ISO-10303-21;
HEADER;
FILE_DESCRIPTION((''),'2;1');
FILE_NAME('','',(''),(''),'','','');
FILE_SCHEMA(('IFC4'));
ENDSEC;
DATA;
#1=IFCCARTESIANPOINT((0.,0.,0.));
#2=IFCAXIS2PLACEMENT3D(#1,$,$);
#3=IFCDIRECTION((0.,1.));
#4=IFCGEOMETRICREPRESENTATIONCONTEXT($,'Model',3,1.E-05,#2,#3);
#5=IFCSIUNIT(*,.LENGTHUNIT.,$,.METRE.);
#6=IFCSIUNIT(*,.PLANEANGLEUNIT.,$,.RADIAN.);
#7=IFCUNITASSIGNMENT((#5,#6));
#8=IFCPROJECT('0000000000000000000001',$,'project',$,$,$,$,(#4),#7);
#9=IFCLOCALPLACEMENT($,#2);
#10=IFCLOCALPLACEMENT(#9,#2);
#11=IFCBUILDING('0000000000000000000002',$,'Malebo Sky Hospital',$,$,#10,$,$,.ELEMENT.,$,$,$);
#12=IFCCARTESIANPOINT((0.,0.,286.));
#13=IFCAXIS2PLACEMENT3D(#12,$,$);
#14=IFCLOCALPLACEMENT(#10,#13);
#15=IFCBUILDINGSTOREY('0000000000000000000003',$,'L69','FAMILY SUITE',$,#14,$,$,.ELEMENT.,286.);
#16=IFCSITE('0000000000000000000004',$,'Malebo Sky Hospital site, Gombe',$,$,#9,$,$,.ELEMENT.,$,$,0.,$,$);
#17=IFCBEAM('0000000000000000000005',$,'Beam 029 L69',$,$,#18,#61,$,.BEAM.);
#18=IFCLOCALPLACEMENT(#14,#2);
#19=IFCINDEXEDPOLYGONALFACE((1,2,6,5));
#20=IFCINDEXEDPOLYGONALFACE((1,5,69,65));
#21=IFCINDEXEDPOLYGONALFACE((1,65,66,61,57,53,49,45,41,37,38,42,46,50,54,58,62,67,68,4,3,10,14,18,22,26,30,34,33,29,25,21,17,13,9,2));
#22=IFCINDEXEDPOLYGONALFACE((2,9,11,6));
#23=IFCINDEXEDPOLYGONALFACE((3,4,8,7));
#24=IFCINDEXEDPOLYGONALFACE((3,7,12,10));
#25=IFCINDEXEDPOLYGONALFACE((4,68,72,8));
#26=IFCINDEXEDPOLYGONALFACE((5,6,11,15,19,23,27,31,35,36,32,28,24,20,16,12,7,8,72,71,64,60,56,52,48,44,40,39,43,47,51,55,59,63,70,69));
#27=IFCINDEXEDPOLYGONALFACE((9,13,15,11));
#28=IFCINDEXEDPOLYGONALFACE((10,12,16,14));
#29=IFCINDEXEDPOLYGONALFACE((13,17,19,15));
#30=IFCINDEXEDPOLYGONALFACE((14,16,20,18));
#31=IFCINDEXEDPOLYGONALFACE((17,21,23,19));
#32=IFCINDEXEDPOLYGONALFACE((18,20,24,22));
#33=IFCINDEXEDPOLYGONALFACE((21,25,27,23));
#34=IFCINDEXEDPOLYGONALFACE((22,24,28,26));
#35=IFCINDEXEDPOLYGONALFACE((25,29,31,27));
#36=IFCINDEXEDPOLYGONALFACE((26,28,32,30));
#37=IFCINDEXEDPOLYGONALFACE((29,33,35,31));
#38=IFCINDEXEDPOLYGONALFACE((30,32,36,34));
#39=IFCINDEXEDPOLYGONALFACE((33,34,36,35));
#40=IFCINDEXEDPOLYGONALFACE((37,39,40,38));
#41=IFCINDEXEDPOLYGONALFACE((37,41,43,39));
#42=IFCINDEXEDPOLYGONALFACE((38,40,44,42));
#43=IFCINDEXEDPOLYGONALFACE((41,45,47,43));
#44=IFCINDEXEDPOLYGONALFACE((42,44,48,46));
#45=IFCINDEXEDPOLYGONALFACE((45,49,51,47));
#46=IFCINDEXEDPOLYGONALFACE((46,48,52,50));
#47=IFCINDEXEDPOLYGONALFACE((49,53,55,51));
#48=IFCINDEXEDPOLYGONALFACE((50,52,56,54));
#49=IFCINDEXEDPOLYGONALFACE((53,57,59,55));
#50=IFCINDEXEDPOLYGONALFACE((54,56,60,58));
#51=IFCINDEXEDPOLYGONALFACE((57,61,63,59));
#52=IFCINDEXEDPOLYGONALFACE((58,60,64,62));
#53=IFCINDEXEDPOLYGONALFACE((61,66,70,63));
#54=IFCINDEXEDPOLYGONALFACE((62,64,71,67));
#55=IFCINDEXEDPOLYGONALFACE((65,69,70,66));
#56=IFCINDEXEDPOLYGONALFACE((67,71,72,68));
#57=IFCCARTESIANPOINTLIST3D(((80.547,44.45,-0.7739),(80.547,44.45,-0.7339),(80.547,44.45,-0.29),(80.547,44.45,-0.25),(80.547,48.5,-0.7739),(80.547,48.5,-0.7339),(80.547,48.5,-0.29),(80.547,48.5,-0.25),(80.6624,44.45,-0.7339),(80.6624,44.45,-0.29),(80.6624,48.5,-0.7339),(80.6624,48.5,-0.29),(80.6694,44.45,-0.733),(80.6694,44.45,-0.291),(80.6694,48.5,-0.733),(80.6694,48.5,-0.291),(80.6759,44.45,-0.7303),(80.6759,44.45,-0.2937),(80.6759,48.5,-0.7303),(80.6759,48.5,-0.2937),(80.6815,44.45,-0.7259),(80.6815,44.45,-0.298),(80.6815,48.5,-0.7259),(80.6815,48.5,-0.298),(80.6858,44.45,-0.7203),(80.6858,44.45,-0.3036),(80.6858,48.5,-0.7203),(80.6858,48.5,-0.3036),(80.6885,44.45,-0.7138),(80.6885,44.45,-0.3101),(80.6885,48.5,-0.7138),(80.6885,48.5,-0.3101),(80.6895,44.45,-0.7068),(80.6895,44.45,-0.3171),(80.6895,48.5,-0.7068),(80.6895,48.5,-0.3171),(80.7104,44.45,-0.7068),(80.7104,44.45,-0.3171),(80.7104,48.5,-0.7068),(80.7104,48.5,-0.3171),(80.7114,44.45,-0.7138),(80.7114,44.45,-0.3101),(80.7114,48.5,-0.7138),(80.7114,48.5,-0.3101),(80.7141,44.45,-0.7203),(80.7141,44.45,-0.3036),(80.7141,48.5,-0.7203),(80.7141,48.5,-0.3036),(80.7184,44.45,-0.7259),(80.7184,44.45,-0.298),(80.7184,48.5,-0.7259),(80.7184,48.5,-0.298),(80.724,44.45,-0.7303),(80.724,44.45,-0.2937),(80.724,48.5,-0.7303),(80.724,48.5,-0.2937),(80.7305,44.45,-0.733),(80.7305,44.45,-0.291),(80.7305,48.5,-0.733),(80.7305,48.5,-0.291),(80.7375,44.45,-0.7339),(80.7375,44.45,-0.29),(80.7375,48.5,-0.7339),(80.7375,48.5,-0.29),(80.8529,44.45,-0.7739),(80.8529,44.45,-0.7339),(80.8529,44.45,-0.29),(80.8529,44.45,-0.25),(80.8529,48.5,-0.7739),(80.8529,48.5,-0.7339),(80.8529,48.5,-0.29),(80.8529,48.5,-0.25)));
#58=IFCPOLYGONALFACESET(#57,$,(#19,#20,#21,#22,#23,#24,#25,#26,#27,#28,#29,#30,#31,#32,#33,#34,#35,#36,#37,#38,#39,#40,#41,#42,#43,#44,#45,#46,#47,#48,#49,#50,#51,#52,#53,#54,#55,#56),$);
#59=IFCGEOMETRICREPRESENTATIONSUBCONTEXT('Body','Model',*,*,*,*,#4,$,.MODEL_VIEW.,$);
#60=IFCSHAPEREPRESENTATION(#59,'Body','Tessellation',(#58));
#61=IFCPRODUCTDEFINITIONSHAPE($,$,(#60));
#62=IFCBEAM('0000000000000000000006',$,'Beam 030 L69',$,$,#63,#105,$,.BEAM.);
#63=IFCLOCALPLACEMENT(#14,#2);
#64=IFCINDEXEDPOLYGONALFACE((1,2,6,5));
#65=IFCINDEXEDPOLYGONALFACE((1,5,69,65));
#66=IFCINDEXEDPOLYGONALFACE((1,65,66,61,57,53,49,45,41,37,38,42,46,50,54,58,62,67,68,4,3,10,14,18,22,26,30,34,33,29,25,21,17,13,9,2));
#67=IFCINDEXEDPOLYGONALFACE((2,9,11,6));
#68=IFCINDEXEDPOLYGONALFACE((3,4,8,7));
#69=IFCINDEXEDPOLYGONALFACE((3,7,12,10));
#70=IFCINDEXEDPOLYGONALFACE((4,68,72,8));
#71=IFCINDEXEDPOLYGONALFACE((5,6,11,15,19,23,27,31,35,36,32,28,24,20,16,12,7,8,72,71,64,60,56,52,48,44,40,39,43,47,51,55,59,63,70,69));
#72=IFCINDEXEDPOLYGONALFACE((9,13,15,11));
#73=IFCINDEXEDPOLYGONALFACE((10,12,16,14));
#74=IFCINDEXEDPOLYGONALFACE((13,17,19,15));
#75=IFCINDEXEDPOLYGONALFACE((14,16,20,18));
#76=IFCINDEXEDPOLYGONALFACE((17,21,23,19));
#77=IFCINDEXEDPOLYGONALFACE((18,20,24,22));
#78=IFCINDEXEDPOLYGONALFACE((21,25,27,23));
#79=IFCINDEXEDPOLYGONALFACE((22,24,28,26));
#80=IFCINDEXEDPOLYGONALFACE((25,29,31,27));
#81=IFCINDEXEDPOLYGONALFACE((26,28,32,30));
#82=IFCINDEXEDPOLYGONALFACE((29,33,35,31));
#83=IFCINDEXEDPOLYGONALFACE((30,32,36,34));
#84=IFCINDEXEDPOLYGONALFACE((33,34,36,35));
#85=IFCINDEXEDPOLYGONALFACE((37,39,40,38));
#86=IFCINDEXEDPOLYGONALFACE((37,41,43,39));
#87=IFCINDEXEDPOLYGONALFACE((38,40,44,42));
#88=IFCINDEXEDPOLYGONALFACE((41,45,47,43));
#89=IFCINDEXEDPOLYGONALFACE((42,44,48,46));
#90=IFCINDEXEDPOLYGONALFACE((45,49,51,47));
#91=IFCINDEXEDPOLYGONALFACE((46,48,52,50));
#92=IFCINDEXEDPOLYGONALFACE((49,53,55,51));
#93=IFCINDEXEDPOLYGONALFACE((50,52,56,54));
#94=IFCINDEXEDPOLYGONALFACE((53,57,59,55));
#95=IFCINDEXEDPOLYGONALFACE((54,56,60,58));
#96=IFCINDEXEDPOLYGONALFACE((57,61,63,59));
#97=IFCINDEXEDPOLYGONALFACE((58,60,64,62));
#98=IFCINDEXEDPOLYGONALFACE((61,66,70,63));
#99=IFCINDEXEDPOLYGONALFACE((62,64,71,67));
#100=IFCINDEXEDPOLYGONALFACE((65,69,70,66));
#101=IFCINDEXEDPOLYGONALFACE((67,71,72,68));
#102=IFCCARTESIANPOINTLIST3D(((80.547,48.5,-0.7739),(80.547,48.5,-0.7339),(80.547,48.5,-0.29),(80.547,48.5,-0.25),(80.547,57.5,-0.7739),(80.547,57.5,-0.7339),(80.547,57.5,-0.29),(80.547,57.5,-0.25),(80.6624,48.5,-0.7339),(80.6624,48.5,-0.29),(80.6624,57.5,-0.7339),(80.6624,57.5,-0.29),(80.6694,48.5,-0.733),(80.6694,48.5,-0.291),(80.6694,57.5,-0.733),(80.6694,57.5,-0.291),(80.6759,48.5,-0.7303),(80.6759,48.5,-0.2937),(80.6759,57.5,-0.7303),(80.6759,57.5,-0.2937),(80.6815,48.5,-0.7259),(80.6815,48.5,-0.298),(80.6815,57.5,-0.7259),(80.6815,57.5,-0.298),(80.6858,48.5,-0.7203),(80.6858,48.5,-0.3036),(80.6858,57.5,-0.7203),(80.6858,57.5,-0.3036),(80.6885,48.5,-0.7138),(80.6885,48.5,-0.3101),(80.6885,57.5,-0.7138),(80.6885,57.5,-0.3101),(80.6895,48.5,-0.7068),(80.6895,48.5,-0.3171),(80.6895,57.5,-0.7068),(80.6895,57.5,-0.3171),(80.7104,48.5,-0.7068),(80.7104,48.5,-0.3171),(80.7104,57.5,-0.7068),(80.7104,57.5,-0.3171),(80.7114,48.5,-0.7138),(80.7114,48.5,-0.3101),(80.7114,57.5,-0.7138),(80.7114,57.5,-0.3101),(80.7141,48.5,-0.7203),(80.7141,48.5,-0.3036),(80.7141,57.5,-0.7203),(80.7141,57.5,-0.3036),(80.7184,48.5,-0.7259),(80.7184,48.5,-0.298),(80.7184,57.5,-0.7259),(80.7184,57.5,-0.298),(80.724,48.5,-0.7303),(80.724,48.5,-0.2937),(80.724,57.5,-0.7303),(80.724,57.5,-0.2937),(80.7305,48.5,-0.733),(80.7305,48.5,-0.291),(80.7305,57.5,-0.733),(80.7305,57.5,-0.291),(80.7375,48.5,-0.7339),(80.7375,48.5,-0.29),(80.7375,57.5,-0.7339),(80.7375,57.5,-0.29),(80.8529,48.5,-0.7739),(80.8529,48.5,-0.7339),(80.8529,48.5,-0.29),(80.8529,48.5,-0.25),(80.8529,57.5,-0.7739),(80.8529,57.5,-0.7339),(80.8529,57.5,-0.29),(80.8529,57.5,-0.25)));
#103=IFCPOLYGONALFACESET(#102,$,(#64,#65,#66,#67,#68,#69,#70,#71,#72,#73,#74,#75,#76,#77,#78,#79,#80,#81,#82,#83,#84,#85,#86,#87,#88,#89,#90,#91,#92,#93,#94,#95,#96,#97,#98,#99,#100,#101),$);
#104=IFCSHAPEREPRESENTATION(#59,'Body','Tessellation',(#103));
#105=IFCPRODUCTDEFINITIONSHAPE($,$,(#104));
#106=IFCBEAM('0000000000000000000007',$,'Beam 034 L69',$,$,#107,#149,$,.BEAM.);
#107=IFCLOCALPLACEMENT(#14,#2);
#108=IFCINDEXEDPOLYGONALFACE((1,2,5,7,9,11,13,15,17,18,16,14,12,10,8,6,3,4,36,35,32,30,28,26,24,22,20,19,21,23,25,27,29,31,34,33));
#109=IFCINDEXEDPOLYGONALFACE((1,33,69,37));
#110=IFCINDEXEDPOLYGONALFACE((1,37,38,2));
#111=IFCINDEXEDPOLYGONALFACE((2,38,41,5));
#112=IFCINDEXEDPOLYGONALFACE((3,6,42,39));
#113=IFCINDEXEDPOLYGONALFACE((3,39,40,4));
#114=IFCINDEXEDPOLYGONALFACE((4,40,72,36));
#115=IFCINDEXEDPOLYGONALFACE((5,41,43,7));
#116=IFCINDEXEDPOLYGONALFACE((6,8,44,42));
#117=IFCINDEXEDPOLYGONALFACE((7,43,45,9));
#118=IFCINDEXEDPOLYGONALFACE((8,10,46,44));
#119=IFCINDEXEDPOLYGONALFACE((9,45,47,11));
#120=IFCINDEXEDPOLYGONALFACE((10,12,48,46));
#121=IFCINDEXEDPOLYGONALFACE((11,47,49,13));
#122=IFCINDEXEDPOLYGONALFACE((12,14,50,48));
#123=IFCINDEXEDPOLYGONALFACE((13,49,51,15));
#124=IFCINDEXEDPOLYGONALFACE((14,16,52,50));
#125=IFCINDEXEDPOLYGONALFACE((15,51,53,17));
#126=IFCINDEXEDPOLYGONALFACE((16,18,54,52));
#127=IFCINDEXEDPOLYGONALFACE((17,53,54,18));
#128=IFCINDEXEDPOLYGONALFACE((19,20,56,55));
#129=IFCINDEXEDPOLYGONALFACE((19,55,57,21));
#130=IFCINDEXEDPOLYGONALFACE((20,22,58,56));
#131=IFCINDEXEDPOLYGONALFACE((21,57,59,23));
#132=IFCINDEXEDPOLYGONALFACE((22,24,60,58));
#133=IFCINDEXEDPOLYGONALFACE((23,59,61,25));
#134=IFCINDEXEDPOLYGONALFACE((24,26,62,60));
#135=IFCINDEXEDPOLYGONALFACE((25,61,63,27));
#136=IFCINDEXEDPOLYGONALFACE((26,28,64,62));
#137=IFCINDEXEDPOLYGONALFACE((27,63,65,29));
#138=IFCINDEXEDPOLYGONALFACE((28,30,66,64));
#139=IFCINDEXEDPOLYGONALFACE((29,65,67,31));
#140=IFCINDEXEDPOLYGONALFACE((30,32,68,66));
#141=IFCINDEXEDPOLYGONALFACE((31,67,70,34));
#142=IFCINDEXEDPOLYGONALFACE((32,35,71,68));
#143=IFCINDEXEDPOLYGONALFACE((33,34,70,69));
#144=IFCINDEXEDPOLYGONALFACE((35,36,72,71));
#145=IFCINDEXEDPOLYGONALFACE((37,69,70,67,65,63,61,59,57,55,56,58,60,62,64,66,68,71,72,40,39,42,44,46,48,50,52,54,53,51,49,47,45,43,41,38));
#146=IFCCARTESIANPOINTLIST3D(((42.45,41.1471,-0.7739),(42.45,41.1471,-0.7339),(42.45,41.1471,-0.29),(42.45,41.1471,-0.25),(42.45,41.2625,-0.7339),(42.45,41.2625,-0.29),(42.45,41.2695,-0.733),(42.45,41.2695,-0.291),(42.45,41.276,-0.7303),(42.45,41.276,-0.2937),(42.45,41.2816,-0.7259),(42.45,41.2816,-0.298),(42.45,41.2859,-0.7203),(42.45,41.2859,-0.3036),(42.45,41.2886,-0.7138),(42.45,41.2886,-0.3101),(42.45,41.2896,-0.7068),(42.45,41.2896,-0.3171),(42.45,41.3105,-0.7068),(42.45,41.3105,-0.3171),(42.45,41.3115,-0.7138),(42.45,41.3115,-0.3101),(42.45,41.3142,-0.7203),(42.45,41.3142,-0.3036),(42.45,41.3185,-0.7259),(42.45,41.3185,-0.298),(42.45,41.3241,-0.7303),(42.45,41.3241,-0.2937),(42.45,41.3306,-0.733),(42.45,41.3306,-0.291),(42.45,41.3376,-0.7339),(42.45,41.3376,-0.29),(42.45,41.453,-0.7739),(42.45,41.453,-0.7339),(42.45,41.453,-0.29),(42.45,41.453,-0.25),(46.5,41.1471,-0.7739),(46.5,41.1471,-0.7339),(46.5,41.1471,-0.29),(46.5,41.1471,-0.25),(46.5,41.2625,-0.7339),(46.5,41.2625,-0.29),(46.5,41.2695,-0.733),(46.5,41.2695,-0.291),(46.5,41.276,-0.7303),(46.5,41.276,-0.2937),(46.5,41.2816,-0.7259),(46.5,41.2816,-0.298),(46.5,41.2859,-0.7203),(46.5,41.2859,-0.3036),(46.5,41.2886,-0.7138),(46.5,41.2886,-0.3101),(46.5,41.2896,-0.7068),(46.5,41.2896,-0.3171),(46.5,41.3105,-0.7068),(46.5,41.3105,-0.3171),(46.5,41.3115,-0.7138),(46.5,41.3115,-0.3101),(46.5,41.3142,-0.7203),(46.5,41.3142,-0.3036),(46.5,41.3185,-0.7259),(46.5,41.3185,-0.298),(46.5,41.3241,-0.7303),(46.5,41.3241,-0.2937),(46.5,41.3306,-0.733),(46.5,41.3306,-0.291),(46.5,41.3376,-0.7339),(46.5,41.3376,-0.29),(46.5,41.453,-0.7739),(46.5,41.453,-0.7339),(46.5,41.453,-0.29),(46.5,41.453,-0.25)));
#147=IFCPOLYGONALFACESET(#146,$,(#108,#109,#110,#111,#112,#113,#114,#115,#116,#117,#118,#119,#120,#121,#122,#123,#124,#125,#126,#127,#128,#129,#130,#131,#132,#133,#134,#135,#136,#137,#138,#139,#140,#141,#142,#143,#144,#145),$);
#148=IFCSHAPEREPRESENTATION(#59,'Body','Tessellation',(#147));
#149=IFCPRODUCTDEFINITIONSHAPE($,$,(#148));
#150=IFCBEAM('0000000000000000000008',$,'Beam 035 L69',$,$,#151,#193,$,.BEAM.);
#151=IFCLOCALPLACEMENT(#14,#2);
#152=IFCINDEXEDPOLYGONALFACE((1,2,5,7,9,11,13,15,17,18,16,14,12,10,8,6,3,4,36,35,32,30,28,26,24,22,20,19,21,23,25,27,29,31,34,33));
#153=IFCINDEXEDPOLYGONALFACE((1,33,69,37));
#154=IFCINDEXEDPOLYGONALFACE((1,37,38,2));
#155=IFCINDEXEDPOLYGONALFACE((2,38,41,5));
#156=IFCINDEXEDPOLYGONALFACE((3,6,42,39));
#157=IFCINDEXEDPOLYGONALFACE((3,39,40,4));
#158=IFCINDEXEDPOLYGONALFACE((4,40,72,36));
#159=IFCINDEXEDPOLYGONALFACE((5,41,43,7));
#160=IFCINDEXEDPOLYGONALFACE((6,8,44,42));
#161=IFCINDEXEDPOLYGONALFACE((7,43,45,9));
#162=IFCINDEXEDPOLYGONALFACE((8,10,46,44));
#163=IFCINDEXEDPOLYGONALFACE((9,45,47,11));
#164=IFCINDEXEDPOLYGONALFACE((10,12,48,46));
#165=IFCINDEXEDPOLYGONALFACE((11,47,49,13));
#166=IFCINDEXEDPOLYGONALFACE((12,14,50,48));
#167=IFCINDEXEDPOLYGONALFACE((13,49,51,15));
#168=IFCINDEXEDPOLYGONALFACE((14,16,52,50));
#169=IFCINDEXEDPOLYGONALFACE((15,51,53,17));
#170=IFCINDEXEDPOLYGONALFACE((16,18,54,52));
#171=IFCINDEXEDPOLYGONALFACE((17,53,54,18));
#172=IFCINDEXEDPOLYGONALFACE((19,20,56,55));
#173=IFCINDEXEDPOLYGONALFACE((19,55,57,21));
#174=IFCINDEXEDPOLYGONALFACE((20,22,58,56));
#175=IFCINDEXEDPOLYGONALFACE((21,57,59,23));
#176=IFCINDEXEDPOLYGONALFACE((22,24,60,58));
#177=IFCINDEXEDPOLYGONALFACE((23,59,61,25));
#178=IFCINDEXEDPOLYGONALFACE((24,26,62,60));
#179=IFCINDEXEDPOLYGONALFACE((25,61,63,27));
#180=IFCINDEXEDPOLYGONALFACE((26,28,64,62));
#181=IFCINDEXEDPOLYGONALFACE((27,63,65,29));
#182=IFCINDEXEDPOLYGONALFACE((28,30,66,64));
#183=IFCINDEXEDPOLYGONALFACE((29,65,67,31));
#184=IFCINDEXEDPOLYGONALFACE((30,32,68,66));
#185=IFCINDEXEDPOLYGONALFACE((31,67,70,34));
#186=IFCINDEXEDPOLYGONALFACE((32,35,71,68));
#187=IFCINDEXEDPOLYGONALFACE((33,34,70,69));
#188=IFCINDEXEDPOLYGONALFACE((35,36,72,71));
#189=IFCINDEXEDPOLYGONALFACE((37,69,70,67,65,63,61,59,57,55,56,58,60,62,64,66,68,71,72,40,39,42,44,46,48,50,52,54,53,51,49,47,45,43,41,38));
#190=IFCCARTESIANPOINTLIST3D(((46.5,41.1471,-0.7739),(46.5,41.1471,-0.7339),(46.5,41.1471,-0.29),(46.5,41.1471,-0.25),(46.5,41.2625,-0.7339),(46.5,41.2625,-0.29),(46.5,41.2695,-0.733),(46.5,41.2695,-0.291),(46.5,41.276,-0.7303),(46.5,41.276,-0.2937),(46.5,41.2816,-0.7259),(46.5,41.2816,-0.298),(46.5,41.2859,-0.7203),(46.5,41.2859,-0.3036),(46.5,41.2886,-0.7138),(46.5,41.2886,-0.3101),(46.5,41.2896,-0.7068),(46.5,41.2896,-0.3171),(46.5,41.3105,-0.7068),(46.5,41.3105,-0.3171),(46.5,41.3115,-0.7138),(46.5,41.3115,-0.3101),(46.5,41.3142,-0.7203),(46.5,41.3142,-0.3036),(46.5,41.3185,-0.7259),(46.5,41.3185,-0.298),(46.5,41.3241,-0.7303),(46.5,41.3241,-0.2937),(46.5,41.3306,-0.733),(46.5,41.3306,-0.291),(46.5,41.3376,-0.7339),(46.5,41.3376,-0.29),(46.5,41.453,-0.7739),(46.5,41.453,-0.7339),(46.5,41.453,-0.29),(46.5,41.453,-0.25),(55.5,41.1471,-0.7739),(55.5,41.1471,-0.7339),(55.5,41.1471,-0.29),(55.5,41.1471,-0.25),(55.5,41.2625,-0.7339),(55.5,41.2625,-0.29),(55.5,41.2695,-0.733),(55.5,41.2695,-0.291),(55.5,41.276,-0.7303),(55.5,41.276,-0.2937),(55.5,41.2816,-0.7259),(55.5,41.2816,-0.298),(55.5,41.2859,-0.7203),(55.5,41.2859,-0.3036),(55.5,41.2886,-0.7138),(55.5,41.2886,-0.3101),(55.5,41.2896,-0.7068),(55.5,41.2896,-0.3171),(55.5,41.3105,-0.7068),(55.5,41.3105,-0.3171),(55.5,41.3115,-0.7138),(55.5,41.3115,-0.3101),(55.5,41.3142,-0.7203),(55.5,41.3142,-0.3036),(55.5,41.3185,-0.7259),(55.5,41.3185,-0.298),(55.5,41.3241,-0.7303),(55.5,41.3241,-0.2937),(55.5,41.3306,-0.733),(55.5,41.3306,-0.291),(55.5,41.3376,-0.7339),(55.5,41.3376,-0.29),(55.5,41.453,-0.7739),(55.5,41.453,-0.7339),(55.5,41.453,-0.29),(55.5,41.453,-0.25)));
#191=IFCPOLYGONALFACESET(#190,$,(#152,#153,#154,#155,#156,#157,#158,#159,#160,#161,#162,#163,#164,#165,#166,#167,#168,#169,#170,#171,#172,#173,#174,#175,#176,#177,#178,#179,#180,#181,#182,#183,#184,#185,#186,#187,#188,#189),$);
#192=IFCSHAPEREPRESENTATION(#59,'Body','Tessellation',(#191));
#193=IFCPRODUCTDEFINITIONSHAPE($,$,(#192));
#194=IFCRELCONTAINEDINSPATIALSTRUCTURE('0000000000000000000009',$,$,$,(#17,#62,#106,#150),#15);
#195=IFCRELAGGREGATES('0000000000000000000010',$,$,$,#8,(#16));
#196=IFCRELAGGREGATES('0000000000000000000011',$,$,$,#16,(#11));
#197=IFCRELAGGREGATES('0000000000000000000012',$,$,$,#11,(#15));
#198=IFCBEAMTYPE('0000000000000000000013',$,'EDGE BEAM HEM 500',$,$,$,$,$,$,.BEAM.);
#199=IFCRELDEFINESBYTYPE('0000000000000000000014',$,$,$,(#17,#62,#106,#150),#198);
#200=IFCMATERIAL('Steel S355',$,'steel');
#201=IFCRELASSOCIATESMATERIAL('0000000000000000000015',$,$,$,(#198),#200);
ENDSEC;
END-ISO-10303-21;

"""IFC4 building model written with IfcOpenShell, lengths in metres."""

from ifc_helpers import new_model, si_unit, direction, frame, origin, origin_2d, place, context, subcontext, project, spatial, i_section, extrude, material, material_profile, profile_set, type_object, element, save


model = new_model("IFC4")

# Units and contexts
model_context = context("Model", 3, precision=1e-05, world=origin(), true_north=direction((0.0, 1.0)))
body_context = subcontext(model_context, "Body", "Model", "MODEL_VIEW")
ifc_project = project(units=[si_unit("LENGTHUNIT", "METRE"), si_unit("PLANEANGLEUNIT", "RADIAN")], contexts=[model_context])

# Site, building, storey
site_placement = place(None, origin())
site = spatial("IfcSite", under=ifc_project, at=site_placement, Name="Malebo Sky Hospital site, Gombe", CompositionType="ELEMENT", RefElevation=0.0)
building_placement = place(site_placement, origin())
building = spatial("IfcBuilding", under=site, at=building_placement, Name="Malebo Sky Hospital", CompositionType="ELEMENT")
storey_placement = place(building_placement, frame((0.0, 0.0, 286.0)))
storey = spatial("IfcBuildingStorey", under=building, at=storey_placement, Name="L69", Description="FAMILY SUITE", CompositionType="ELEMENT", Elevation=286.0)

# Shared definitions
ifc_material_1 = material(Name="Steel S355", Category="steel")

# Beams
ifc_material_profile_1 = material_profile(ifc_material_1, i_section(OverallWidth=0.3059, OverallDepth=0.5239, WebThickness=0.021, FlangeThickness=0.04, FilletRadius=0.0271, at=origin_2d()), Name="HEM 500")
ifc_profile_set_1 = profile_set([ifc_material_profile_1], Name="Steel S355")
beam_type_1 = type_object("IfcBeamType", Name="EDGE BEAM HEM 500", PredefinedType="BEAM", material=ifc_profile_set_1)
beam_1_placement = place(storey_placement, frame((80.7, 44.45, -0.512), z_axis=(0.0, 1.0, 0.0), x_axis=(-1.0, 0.0, 0.0)))
element("IfcBeam", 1, at=beam_1_placement, inside=storey, type_object=beam_type_1, Name="Beam 029 L69", PredefinedType="BEAM", context=body_context, shape_type="SweptSolid", body=[
    extrude(i_section(OverallWidth=0.3059, OverallDepth=0.5239, WebThickness=0.021, FlangeThickness=0.04, FilletRadius=0.0271, at=origin_2d()), origin(), (0.0, 0.0, 1.0), 4.05),
])
beam_2_placement = place(storey_placement, frame((80.7, 48.5, -0.512), z_axis=(0.0, 1.0, 0.0), x_axis=(-1.0, 0.0, 0.0)))
element("IfcBeam", 2, at=beam_2_placement, inside=storey, type_object=beam_type_1, Name="Beam 030 L69", PredefinedType="BEAM", context=body_context, shape_type="SweptSolid", body=[
    extrude(i_section(OverallWidth=0.3059, OverallDepth=0.5239, WebThickness=0.021, FlangeThickness=0.04, FilletRadius=0.0271, at=origin_2d()), origin(), (0.0, 0.0, 1.0), 9.0),
])
beam_3_placement = place(storey_placement, frame((42.45, 41.3, -0.512), z_axis=(1.0, 0.0, 0.0), x_axis=(0.0, 1.0, 0.0)))
element("IfcBeam", 3, at=beam_3_placement, inside=storey, type_object=beam_type_1, Name="Beam 034 L69", PredefinedType="BEAM", context=body_context, shape_type="SweptSolid", body=[
    extrude(i_section(OverallWidth=0.3059, OverallDepth=0.5239, WebThickness=0.021, FlangeThickness=0.04, FilletRadius=0.0271, at=origin_2d()), origin(), (0.0, 0.0, 1.0), 4.05),
])
for number, where, z_axis, x_axis, name in (
    (4, (46.5, 41.3, -0.512), (1.0, 0.0, 0.0), (0.0, 1.0, 0.0), "Beam 035 L69"),
):
    element("IfcBeam", number, at=place(storey_placement, frame(where, z_axis=z_axis, x_axis=x_axis)), inside=storey, type_object=beam_type_1, Name=name, PredefinedType="BEAM", context=body_context, shape_type="SweptSolid", body=[
        extrude(i_section(OverallWidth=0.3059, OverallDepth=0.5239, WebThickness=0.021, FlangeThickness=0.04, FilletRadius=0.0271, at=origin_2d()), origin(), (0.0, 0.0, 1.0), 9.0),
    ])

save(model, "model.ifc")
